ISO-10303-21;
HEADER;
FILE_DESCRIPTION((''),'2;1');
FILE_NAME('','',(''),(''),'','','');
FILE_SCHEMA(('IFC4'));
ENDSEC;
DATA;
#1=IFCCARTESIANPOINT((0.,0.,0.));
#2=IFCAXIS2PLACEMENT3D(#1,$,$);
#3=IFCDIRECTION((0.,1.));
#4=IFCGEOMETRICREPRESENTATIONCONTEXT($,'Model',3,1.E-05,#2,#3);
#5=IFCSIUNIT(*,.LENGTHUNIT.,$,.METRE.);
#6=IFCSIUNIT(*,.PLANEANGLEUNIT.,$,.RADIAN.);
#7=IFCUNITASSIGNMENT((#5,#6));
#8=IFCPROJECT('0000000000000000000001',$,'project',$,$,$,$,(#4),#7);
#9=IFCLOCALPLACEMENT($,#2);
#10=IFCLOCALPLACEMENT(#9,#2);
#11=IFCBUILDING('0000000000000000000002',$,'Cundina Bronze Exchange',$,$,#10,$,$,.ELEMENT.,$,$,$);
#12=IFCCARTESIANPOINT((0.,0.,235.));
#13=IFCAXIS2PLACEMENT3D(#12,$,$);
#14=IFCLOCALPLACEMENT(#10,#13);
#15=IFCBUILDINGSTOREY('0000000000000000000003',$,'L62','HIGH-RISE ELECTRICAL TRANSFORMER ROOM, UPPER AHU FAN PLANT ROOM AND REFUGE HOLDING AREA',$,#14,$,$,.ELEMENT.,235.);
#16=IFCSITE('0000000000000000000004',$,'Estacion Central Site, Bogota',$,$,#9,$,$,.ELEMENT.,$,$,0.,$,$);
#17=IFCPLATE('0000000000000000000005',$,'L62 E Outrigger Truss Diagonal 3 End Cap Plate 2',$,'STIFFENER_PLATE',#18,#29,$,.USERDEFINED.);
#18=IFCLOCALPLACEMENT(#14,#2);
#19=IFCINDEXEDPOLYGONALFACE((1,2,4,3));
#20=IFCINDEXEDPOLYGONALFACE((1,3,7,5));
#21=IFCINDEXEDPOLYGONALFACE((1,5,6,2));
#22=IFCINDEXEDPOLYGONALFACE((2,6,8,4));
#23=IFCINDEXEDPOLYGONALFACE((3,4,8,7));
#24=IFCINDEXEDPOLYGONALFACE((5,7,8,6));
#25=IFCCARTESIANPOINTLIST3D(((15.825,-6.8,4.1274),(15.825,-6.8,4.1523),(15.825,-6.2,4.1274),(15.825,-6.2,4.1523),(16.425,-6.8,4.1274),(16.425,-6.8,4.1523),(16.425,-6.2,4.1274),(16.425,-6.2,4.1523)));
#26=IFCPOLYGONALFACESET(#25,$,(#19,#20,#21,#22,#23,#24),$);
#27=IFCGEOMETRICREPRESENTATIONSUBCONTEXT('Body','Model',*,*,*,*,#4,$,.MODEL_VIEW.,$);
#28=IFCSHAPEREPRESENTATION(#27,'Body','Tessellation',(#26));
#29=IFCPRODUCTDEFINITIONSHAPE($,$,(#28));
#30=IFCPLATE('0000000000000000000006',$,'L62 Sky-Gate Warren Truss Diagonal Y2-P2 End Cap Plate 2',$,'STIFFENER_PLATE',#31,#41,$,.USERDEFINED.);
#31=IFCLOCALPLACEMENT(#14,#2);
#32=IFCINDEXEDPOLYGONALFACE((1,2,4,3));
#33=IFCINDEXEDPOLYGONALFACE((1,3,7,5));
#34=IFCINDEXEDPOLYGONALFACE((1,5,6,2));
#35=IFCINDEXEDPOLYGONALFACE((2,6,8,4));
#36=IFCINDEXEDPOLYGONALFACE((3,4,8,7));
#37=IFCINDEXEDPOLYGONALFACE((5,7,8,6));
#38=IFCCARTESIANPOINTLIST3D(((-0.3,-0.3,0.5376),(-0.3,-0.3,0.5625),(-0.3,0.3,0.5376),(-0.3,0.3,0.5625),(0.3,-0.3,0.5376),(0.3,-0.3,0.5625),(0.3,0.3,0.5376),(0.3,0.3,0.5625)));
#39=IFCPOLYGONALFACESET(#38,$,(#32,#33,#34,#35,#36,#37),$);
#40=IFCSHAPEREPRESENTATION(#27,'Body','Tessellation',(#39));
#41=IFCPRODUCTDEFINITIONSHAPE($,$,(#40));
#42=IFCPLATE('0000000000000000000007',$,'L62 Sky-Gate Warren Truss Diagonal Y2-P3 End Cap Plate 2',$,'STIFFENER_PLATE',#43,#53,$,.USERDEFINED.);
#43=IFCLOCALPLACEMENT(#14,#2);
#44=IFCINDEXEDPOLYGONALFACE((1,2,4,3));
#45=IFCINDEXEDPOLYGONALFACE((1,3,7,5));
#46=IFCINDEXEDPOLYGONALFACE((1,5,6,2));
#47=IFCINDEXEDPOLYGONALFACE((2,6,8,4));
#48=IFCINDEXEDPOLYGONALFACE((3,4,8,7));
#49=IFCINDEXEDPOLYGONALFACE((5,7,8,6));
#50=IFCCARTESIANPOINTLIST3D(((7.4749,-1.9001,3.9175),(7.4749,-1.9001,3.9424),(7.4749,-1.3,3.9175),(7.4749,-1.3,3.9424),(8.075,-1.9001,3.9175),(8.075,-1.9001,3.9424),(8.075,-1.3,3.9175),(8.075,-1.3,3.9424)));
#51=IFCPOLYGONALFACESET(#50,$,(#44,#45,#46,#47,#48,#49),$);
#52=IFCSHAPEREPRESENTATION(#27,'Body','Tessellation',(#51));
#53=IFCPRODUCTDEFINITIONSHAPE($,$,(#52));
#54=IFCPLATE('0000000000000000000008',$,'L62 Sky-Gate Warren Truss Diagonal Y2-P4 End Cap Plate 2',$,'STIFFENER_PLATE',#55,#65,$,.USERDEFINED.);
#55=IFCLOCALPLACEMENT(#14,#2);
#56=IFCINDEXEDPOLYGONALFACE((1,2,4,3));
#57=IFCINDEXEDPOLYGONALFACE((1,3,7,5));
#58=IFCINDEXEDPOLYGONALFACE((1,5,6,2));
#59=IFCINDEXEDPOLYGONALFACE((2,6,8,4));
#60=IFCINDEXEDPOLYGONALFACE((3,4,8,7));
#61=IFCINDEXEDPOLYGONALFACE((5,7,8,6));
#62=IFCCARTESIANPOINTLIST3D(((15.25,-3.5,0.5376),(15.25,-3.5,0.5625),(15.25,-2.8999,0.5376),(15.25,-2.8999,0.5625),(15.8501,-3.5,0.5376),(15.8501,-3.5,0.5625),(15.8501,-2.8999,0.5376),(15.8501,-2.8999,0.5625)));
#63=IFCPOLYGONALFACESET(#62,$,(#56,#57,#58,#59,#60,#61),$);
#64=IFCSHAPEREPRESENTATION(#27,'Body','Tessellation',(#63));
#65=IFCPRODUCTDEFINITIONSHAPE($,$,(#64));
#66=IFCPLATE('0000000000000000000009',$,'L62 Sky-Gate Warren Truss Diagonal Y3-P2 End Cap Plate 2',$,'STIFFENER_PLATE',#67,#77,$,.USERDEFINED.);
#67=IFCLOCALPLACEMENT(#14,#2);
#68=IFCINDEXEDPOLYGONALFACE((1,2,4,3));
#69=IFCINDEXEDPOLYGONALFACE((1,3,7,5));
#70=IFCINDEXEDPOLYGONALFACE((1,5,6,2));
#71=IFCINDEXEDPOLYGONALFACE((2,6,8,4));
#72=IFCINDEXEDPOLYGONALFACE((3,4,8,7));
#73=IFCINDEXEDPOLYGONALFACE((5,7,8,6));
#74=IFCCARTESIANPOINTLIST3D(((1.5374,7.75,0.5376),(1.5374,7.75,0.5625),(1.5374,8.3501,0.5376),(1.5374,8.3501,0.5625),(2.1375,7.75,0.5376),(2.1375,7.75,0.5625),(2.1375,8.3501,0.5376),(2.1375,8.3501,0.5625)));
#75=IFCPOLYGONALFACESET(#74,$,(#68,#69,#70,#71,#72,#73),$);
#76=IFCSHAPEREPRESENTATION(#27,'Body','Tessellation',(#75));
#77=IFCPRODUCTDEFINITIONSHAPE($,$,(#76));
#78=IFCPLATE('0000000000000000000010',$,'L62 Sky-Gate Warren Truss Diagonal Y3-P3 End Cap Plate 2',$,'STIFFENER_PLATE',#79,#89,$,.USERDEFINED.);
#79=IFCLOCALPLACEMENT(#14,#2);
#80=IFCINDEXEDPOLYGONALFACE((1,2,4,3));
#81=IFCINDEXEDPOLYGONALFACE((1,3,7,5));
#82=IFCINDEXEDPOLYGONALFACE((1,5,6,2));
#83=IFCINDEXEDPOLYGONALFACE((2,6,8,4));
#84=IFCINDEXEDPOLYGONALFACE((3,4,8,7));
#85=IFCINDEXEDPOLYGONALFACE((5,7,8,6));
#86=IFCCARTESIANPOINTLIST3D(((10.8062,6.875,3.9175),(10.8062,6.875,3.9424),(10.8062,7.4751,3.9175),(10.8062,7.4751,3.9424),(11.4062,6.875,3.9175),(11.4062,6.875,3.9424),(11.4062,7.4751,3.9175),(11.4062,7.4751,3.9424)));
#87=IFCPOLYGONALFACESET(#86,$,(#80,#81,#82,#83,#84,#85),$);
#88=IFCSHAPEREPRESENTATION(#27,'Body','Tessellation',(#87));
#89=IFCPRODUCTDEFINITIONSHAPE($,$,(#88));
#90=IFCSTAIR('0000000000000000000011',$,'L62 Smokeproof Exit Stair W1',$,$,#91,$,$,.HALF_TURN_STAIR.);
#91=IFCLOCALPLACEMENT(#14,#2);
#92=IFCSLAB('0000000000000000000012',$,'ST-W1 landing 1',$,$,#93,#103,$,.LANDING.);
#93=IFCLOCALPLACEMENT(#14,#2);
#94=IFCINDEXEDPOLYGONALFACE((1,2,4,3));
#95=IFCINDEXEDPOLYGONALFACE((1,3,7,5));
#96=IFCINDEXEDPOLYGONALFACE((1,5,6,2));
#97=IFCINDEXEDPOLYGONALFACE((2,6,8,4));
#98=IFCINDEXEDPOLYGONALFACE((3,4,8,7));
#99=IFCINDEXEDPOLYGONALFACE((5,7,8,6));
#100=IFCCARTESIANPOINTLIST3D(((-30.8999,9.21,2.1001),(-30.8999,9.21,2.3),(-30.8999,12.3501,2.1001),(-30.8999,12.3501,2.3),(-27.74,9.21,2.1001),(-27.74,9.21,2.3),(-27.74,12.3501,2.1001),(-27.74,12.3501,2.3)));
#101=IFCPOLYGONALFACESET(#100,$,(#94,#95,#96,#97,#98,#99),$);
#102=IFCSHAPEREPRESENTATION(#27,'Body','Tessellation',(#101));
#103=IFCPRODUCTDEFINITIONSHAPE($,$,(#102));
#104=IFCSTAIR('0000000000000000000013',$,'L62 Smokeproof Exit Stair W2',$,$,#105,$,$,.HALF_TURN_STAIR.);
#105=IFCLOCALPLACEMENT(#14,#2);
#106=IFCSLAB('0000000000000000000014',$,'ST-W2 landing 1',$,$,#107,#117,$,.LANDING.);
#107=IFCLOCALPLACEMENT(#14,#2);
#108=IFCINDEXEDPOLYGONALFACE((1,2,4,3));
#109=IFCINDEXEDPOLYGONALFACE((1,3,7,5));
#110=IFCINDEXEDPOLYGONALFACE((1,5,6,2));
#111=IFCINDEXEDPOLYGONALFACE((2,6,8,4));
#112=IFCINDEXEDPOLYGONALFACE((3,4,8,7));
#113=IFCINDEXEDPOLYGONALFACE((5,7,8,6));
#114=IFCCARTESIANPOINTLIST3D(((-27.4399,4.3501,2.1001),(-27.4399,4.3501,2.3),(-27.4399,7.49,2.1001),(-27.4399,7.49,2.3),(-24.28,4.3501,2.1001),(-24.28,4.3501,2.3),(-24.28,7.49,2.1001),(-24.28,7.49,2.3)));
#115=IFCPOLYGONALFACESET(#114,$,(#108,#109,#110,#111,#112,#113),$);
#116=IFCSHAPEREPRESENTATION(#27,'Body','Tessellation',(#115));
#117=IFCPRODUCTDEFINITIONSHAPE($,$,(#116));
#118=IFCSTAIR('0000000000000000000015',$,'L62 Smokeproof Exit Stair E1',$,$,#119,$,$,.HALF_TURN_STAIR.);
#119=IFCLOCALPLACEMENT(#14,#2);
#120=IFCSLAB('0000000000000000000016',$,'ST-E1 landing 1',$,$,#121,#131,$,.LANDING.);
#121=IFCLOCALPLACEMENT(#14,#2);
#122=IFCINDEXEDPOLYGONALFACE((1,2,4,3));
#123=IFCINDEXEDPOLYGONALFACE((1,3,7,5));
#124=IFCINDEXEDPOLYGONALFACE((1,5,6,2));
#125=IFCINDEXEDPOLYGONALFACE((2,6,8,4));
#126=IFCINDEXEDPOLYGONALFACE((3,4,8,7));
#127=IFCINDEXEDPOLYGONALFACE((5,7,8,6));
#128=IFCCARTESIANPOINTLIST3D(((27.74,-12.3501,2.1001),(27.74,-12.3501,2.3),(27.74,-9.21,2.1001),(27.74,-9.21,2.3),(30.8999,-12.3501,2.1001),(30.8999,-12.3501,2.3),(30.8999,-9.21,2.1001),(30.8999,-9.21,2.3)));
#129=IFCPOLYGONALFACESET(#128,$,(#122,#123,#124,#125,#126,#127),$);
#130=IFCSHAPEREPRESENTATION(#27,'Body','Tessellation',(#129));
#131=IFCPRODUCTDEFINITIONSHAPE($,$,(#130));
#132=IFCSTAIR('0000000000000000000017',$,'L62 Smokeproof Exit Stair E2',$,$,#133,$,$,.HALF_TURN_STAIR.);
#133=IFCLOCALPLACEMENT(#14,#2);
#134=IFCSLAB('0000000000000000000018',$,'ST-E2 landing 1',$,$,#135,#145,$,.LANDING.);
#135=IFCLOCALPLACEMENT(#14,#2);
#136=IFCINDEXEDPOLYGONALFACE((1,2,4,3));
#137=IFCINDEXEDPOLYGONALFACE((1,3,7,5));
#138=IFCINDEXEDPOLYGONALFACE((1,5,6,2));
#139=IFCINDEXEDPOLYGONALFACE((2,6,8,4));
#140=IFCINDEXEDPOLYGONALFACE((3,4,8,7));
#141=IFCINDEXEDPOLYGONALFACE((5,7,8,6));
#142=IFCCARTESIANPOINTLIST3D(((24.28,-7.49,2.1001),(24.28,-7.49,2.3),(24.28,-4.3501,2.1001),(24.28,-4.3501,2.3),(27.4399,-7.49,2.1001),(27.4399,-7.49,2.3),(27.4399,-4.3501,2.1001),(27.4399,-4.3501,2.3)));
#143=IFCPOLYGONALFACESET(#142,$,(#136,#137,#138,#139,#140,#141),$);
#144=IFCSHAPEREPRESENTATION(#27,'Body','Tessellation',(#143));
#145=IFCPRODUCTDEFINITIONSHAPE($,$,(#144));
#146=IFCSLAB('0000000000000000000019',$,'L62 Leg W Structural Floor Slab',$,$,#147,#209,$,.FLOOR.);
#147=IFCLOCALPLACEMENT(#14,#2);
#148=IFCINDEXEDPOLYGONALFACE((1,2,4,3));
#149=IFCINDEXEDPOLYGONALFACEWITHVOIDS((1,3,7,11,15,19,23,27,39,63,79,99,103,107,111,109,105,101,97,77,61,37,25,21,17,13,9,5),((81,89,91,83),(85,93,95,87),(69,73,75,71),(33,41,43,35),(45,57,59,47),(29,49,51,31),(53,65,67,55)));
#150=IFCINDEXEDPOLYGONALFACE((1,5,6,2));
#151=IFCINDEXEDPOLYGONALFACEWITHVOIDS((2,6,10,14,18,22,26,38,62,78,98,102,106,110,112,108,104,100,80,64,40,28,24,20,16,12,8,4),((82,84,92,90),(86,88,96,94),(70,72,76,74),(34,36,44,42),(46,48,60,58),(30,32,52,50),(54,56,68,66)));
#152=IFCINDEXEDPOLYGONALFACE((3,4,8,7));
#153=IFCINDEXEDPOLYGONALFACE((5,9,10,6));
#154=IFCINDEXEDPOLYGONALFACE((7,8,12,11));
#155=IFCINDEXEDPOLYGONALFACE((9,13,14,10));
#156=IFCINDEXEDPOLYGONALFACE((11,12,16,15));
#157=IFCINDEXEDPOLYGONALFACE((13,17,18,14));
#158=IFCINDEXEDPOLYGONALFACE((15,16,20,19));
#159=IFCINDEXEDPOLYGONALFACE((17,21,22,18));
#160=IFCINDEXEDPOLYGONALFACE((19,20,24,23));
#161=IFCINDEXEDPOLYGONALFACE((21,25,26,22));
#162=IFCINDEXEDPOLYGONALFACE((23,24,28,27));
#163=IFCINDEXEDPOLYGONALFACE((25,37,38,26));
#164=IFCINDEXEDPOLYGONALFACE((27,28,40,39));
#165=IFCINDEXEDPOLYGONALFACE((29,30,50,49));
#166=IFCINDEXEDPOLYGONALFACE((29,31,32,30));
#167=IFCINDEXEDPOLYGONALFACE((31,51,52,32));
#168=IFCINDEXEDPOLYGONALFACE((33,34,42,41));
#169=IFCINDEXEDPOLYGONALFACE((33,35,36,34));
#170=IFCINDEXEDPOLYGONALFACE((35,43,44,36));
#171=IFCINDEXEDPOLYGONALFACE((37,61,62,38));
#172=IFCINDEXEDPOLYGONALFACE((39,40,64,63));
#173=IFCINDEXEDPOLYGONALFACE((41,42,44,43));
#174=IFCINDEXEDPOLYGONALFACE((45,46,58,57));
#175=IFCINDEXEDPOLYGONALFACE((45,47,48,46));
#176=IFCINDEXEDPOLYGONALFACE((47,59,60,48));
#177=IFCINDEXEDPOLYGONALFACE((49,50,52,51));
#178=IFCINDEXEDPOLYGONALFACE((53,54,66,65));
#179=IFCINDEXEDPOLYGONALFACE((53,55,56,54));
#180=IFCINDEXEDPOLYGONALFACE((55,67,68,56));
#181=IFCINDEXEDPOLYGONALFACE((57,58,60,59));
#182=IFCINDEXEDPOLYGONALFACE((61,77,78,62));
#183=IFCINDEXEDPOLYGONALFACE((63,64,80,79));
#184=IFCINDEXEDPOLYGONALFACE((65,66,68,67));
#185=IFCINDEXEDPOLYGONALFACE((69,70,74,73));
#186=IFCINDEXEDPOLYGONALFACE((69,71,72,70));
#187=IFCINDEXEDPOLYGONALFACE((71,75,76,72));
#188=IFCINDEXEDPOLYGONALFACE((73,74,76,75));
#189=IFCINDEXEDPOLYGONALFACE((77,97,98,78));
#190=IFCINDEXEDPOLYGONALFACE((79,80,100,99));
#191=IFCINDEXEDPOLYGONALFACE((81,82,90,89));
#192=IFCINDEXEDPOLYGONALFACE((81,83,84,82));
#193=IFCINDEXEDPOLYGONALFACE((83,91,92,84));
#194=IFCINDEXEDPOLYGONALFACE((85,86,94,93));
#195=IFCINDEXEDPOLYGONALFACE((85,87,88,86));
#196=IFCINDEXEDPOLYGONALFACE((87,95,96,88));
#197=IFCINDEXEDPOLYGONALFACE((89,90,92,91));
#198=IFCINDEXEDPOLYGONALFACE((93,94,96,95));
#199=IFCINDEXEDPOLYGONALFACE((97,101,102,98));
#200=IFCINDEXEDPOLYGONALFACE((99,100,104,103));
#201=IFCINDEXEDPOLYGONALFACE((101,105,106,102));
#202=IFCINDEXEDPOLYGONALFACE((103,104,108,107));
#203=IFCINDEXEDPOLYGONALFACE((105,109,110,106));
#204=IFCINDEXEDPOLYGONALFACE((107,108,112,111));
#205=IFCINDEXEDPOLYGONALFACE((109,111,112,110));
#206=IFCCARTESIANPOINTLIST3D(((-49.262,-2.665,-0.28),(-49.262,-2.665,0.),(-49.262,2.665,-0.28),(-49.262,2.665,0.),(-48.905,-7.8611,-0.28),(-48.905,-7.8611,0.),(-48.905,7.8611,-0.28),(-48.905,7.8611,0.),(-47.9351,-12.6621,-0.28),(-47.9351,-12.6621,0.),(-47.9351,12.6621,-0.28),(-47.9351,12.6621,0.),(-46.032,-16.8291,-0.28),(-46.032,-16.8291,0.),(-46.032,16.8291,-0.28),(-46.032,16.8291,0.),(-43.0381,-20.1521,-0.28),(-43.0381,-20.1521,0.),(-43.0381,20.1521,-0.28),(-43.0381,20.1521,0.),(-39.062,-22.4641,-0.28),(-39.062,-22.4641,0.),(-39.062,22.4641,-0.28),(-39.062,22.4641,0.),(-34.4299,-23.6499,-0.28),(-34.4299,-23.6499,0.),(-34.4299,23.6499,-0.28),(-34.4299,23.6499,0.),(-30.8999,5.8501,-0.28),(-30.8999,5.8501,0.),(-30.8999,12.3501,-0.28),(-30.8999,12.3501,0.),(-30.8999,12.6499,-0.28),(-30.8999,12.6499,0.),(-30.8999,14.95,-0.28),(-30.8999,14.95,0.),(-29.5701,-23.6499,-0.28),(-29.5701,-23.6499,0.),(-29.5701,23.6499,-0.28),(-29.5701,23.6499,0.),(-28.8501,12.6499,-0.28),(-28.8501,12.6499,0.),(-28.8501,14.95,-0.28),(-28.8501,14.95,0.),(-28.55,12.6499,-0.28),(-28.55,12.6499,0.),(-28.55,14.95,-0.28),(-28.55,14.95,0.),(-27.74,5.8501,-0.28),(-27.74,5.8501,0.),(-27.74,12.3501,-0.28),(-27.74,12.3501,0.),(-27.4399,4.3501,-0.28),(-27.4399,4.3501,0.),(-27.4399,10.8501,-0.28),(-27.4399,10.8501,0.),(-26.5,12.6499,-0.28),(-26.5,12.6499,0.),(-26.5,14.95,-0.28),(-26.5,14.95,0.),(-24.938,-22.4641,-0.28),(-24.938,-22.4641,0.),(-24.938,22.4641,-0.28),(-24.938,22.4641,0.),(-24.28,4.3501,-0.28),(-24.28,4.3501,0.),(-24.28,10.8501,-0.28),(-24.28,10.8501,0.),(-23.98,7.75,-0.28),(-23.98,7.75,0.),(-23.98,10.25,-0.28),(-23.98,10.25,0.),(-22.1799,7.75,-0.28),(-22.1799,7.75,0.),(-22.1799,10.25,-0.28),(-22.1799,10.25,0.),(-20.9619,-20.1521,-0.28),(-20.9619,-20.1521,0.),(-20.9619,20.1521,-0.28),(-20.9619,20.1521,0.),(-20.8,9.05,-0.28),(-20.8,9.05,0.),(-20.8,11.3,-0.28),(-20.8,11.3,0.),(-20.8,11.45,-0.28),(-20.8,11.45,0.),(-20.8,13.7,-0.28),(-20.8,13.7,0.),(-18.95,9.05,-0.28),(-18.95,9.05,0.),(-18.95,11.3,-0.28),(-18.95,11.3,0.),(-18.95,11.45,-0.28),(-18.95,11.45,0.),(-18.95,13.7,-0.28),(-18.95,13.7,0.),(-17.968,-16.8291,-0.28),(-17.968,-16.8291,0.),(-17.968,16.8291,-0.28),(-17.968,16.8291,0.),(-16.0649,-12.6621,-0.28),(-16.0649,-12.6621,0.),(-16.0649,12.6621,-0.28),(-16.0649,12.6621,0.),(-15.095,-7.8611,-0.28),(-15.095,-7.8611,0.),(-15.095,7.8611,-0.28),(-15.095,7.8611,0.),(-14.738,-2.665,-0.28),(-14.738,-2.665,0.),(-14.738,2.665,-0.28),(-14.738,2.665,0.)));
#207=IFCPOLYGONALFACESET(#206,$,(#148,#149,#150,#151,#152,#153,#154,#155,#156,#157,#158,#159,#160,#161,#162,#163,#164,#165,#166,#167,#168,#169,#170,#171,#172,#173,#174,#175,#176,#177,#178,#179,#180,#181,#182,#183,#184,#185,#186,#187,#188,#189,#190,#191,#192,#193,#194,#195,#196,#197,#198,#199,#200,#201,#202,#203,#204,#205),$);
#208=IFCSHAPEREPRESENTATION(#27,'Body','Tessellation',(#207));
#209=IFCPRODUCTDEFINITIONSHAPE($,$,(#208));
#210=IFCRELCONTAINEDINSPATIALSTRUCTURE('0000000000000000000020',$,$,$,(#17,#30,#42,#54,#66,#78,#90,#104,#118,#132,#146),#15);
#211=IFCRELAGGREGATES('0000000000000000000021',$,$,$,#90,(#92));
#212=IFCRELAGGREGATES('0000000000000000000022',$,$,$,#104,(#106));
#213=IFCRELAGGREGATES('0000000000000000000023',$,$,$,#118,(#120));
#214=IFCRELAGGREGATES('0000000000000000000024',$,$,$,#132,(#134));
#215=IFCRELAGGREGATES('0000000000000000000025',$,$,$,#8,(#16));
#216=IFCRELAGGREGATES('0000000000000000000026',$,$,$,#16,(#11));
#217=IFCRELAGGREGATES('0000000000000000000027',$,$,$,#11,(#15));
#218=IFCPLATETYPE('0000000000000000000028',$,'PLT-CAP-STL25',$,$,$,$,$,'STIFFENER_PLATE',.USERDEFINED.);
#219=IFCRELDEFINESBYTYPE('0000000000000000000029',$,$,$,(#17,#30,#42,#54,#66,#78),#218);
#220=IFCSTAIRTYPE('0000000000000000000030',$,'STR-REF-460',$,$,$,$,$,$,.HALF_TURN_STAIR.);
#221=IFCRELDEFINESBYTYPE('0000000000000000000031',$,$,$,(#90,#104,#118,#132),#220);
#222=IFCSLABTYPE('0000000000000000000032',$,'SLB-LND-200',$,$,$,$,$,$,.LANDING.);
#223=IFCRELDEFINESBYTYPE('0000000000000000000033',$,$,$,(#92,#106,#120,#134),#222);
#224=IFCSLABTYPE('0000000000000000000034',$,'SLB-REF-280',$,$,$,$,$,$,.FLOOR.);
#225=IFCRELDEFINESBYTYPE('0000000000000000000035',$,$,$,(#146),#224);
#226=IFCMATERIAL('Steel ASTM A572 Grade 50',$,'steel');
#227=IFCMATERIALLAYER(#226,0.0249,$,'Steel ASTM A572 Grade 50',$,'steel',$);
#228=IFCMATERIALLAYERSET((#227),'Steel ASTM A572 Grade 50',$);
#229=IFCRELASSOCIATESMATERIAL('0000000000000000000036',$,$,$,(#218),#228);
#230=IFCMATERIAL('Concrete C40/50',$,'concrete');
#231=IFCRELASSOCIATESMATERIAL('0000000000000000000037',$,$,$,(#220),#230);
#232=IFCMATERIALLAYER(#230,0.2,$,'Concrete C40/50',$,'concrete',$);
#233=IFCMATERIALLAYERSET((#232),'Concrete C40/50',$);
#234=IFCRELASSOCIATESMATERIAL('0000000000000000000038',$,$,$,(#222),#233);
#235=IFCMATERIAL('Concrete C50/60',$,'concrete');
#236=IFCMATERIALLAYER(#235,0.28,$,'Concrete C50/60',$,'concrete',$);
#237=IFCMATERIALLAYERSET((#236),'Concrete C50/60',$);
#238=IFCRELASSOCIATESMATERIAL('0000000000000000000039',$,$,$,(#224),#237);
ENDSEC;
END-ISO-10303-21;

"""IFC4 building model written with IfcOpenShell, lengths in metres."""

from ifc_helpers import new_model, si_unit, direction, frame, origin, origin_2d, place, context, subcontext, project, spatial, polyline, rectangle, outline, extrude, material, layer, layer_set, type_object, element, aggregate, save


model = new_model("IFC4")

# Units and contexts
model_context = context("Model", 3, precision=1e-05, world=origin(), true_north=direction((0.0, 1.0)))
body_context = subcontext(model_context, "Body", "Model", "MODEL_VIEW")
ifc_project = project(units=[si_unit("LENGTHUNIT", "METRE"), si_unit("PLANEANGLEUNIT", "RADIAN")], contexts=[model_context])

# Site, building, storey
site_placement = place(None, origin())
site = spatial("IfcSite", under=ifc_project, at=site_placement, Name="Estacion Central Site, Bogota", CompositionType="ELEMENT", RefElevation=0.0)
building_placement = place(site_placement, origin())
building = spatial("IfcBuilding", under=site, at=building_placement, Name="Cundina Bronze Exchange", CompositionType="ELEMENT")
storey_placement = place(building_placement, frame((0.0, 0.0, 235.0)))
storey = spatial("IfcBuildingStorey", under=building, at=storey_placement, Name="L62", Description="HIGH-RISE ELECTRICAL TRANSFORMER ROOM, UPPER AHU FAN PLANT ROOM AND REFUGE HOLDING AREA", CompositionType="ELEMENT", Elevation=235.0)

# Shared definitions
ifc_material_1 = material(Name="Concrete C50/60", Category="concrete")

# Plates
ifc_material_2 = material(Name="Steel ASTM A572 Grade 50", Category="steel")
ifc_layer_1 = layer(ifc_material_2, 0.0249, Name="Steel ASTM A572 Grade 50", Category="steel")
ifc_layer_set_1 = layer_set([ifc_layer_1], Name="Steel ASTM A572 Grade 50")
plate_type = type_object("IfcPlateType", Name="PLT-CAP-STL25", ElementType="STIFFENER_PLATE", PredefinedType="USERDEFINED", material=ifc_layer_set_1)
for number, where, z_axis, x_axis, name in (
    (1, (16.125, -6.5, 4.1274), (0.0, 0.0, 1.0), (1.0, 0.0, 0.0), "L62 E Outrigger Truss Diagonal 3 End Cap Plate 2"),
    (2, (0.0, 0.0, 0.5376), (0.0, 0.0, 1.0), (1.0, 0.0, 0.0), "L62 Sky-Gate Warren Truss Diagonal Y2-P2 End Cap Plate 2"),
    (3, (7.7749, -1.6001, 3.9175), (0.0, 0.0, 1.0), (1.0, 0.0, 0.0), "L62 Sky-Gate Warren Truss Diagonal Y2-P3 End Cap Plate 2"),
    (4, (15.55, -3.2, 0.5376), (0.0, 0.0, 1.0), (1.0, 0.0, 0.0), "L62 Sky-Gate Warren Truss Diagonal Y2-P4 End Cap Plate 2"),
    (5, (1.8374, 8.05, 0.5376), (0.0, 0.0, 1.0), (1.0, 0.0, 0.0), "L62 Sky-Gate Warren Truss Diagonal Y3-P2 End Cap Plate 2"),
    (6, (11.1062, 7.175, 3.9175), (0.0, 0.0, 1.0), (1.0, 0.0, 0.0), "L62 Sky-Gate Warren Truss Diagonal Y3-P3 End Cap Plate 2"),
):
    element("IfcPlate", number, at=place(storey_placement, frame(where, z_axis=z_axis, x_axis=x_axis)), inside=storey, type_object=plate_type, Name=name, ObjectType="STIFFENER_PLATE", PredefinedType="USERDEFINED", context=body_context, shape_type="SweptSolid", body=[
        extrude(rectangle(XDim=0.6001, YDim=0.6001, at=origin_2d()), origin(), (0.0, 0.0, 1.0), 0.0249),
    ])

# Stairs, slabs
ifc_material_3 = material(Name="Concrete C40/50", Category="concrete")
stair_type = type_object("IfcStairType", Name="STR-REF-460", PredefinedType="HALF_TURN_STAIR", material=ifc_material_3)
stair_1_placement = place(storey_placement, origin())
stair_1 = element("IfcStair", 7, at=stair_1_placement, inside=storey, type_object=stair_type, Name="L62 Smokeproof Exit Stair W1", PredefinedType="HALF_TURN_STAIR")
ifc_layer_2 = layer(ifc_material_3, 0.2, Name="Concrete C40/50", Category="concrete")
ifc_layer_set_2 = layer_set([ifc_layer_2], Name="Concrete C40/50")
slab_type_1 = type_object("IfcSlabType", Name="SLB-LND-200", PredefinedType="LANDING", material=ifc_layer_set_2)
slab_1_placement = place(storey_placement, frame((0.0, 0.0, 2.1001)))
slab_1 = element("IfcSlab", 8, at=slab_1_placement, type_object=slab_type_1, Name="ST-W1 landing 1", PredefinedType="LANDING", context=body_context, shape_type="SweptSolid", body=[
    extrude(outline(polyline([(-27.74, 9.21), (-27.74, 12.3501), (-30.8999, 12.3501), (-30.8999, 9.21), (-27.74, 9.21)])), origin(), (0.0, 0.0, 1.0), 0.2),
])
aggregate(stair_1, [slab_1])
stair_2_placement = place(storey_placement, origin())
stair_2 = element("IfcStair", 9, at=stair_2_placement, inside=storey, type_object=stair_type, Name="L62 Smokeproof Exit Stair W2", PredefinedType="HALF_TURN_STAIR")
slab_2_placement = place(storey_placement, frame((0.0, 0.0, 2.1001)))
slab_2 = element("IfcSlab", 10, at=slab_2_placement, type_object=slab_type_1, Name="ST-W2 landing 1", PredefinedType="LANDING", context=body_context, shape_type="SweptSolid", body=[
    extrude(outline(polyline([(-27.4399, 7.49), (-27.4399, 4.3501), (-24.28, 4.3501), (-24.28, 7.49), (-27.4399, 7.49)])), origin(), (0.0, 0.0, 1.0), 0.2),
])
aggregate(stair_2, [slab_2])
stair_3_placement = place(storey_placement, origin())
stair_3 = element("IfcStair", 11, at=stair_3_placement, inside=storey, type_object=stair_type, Name="L62 Smokeproof Exit Stair E1", PredefinedType="HALF_TURN_STAIR")
slab_3_placement = place(storey_placement, frame((0.0, 0.0, 2.1001)))
slab_3 = element("IfcSlab", 12, at=slab_3_placement, type_object=slab_type_1, Name="ST-E1 landing 1", PredefinedType="LANDING", context=body_context, shape_type="SweptSolid", body=[
    extrude(outline(polyline([(27.74, -9.21), (27.74, -12.3501), (30.8999, -12.3501), (30.8999, -9.21), (27.74, -9.21)])), origin(), (0.0, 0.0, 1.0), 0.2),
])
aggregate(stair_3, [slab_3])
stair_4_placement = place(storey_placement, origin())
stair_4 = element("IfcStair", 13, at=stair_4_placement, inside=storey, type_object=stair_type, Name="L62 Smokeproof Exit Stair E2", PredefinedType="HALF_TURN_STAIR")
slab_4_placement = place(storey_placement, frame((0.0, 0.0, 2.1001)))
slab_4 = element("IfcSlab", 14, at=slab_4_placement, type_object=slab_type_1, Name="ST-E2 landing 1", PredefinedType="LANDING", context=body_context, shape_type="SweptSolid", body=[
    extrude(outline(polyline([(27.4399, -7.49), (27.4399, -4.3501), (24.28, -4.3501), (24.28, -7.49), (27.4399, -7.49)])), origin(), (0.0, 0.0, 1.0), 0.2),
])
aggregate(stair_4, [slab_4])

# Slab
ifc_layer_3 = layer(ifc_material_1, 0.28, Name="Concrete C50/60", Category="concrete")
ifc_layer_set_3 = layer_set([ifc_layer_3], Name="Concrete C50/60")
slab_type_2 = type_object("IfcSlabType", Name="SLB-REF-280", PredefinedType="FLOOR", material=ifc_layer_set_3)
slab_5_placement = place(storey_placement, frame((0.0, 0.0, -0.28)))
element("IfcSlab", 15, at=slab_5_placement, inside=storey, type_object=slab_type_2, Name="L62 Leg W Structural Floor Slab", PredefinedType="FLOOR", context=body_context, shape_type="SweptSolid", body=[
    extrude(outline(polyline([(-14.738, 2.665), (-15.095, 7.8611), (-16.0649, 12.6621), (-17.968, 16.8291), (-20.9619, 20.1521), (-24.938, 22.4641), (-29.5701, 23.6499), (-34.4299, 23.6499), (-39.062, 22.4641), (-43.0381, 20.1521), (-46.032, 16.8291), (-47.9351, 12.6621), (-48.905, 7.8611), (-49.262, 2.665), (-49.262, -2.665), (-48.905, -7.8611), (-47.9351, -12.6621), (-46.032, -16.8291), (-43.0381, -20.1521), (-39.062, -22.4641), (-34.4299, -23.6499), (-29.5701, -23.6499), (-24.938, -22.4641), (-20.9619, -20.1521), (-17.968, -16.8291), (-16.0649, -12.6621), (-15.095, -7.8611), (-14.738, -2.665), (-14.738, 2.665)]), holes=[polyline([(-27.74, 5.8501), (-27.74, 12.3501), (-30.8999, 12.3501), (-30.8999, 5.8501), (-27.74, 5.8501)]), polyline([(-27.4399, 10.8501), (-27.4399, 4.3501), (-24.28, 4.3501), (-24.28, 10.8501), (-27.4399, 10.8501)]), polyline([(-23.98, 10.25), (-22.1799, 10.25), (-22.1799, 7.75), (-23.98, 7.75), (-23.98, 10.25)]), polyline([(-30.8999, 14.95), (-28.8501, 14.95), (-28.8501, 12.6499), (-30.8999, 12.6499), (-30.8999, 14.95)]), polyline([(-28.55, 14.95), (-26.5, 14.95), (-26.5, 12.6499), (-28.55, 12.6499), (-28.55, 14.95)]), polyline([(-20.8, 13.7), (-18.95, 13.7), (-18.95, 11.45), (-20.8, 11.45), (-20.8, 13.7)]), polyline([(-20.8, 11.3), (-18.95, 11.3), (-18.95, 9.05), (-20.8, 9.05), (-20.8, 11.3)])]), origin(), (0.0, 0.0, 1.0), 0.28),
])

save(model, "model.ifc")
